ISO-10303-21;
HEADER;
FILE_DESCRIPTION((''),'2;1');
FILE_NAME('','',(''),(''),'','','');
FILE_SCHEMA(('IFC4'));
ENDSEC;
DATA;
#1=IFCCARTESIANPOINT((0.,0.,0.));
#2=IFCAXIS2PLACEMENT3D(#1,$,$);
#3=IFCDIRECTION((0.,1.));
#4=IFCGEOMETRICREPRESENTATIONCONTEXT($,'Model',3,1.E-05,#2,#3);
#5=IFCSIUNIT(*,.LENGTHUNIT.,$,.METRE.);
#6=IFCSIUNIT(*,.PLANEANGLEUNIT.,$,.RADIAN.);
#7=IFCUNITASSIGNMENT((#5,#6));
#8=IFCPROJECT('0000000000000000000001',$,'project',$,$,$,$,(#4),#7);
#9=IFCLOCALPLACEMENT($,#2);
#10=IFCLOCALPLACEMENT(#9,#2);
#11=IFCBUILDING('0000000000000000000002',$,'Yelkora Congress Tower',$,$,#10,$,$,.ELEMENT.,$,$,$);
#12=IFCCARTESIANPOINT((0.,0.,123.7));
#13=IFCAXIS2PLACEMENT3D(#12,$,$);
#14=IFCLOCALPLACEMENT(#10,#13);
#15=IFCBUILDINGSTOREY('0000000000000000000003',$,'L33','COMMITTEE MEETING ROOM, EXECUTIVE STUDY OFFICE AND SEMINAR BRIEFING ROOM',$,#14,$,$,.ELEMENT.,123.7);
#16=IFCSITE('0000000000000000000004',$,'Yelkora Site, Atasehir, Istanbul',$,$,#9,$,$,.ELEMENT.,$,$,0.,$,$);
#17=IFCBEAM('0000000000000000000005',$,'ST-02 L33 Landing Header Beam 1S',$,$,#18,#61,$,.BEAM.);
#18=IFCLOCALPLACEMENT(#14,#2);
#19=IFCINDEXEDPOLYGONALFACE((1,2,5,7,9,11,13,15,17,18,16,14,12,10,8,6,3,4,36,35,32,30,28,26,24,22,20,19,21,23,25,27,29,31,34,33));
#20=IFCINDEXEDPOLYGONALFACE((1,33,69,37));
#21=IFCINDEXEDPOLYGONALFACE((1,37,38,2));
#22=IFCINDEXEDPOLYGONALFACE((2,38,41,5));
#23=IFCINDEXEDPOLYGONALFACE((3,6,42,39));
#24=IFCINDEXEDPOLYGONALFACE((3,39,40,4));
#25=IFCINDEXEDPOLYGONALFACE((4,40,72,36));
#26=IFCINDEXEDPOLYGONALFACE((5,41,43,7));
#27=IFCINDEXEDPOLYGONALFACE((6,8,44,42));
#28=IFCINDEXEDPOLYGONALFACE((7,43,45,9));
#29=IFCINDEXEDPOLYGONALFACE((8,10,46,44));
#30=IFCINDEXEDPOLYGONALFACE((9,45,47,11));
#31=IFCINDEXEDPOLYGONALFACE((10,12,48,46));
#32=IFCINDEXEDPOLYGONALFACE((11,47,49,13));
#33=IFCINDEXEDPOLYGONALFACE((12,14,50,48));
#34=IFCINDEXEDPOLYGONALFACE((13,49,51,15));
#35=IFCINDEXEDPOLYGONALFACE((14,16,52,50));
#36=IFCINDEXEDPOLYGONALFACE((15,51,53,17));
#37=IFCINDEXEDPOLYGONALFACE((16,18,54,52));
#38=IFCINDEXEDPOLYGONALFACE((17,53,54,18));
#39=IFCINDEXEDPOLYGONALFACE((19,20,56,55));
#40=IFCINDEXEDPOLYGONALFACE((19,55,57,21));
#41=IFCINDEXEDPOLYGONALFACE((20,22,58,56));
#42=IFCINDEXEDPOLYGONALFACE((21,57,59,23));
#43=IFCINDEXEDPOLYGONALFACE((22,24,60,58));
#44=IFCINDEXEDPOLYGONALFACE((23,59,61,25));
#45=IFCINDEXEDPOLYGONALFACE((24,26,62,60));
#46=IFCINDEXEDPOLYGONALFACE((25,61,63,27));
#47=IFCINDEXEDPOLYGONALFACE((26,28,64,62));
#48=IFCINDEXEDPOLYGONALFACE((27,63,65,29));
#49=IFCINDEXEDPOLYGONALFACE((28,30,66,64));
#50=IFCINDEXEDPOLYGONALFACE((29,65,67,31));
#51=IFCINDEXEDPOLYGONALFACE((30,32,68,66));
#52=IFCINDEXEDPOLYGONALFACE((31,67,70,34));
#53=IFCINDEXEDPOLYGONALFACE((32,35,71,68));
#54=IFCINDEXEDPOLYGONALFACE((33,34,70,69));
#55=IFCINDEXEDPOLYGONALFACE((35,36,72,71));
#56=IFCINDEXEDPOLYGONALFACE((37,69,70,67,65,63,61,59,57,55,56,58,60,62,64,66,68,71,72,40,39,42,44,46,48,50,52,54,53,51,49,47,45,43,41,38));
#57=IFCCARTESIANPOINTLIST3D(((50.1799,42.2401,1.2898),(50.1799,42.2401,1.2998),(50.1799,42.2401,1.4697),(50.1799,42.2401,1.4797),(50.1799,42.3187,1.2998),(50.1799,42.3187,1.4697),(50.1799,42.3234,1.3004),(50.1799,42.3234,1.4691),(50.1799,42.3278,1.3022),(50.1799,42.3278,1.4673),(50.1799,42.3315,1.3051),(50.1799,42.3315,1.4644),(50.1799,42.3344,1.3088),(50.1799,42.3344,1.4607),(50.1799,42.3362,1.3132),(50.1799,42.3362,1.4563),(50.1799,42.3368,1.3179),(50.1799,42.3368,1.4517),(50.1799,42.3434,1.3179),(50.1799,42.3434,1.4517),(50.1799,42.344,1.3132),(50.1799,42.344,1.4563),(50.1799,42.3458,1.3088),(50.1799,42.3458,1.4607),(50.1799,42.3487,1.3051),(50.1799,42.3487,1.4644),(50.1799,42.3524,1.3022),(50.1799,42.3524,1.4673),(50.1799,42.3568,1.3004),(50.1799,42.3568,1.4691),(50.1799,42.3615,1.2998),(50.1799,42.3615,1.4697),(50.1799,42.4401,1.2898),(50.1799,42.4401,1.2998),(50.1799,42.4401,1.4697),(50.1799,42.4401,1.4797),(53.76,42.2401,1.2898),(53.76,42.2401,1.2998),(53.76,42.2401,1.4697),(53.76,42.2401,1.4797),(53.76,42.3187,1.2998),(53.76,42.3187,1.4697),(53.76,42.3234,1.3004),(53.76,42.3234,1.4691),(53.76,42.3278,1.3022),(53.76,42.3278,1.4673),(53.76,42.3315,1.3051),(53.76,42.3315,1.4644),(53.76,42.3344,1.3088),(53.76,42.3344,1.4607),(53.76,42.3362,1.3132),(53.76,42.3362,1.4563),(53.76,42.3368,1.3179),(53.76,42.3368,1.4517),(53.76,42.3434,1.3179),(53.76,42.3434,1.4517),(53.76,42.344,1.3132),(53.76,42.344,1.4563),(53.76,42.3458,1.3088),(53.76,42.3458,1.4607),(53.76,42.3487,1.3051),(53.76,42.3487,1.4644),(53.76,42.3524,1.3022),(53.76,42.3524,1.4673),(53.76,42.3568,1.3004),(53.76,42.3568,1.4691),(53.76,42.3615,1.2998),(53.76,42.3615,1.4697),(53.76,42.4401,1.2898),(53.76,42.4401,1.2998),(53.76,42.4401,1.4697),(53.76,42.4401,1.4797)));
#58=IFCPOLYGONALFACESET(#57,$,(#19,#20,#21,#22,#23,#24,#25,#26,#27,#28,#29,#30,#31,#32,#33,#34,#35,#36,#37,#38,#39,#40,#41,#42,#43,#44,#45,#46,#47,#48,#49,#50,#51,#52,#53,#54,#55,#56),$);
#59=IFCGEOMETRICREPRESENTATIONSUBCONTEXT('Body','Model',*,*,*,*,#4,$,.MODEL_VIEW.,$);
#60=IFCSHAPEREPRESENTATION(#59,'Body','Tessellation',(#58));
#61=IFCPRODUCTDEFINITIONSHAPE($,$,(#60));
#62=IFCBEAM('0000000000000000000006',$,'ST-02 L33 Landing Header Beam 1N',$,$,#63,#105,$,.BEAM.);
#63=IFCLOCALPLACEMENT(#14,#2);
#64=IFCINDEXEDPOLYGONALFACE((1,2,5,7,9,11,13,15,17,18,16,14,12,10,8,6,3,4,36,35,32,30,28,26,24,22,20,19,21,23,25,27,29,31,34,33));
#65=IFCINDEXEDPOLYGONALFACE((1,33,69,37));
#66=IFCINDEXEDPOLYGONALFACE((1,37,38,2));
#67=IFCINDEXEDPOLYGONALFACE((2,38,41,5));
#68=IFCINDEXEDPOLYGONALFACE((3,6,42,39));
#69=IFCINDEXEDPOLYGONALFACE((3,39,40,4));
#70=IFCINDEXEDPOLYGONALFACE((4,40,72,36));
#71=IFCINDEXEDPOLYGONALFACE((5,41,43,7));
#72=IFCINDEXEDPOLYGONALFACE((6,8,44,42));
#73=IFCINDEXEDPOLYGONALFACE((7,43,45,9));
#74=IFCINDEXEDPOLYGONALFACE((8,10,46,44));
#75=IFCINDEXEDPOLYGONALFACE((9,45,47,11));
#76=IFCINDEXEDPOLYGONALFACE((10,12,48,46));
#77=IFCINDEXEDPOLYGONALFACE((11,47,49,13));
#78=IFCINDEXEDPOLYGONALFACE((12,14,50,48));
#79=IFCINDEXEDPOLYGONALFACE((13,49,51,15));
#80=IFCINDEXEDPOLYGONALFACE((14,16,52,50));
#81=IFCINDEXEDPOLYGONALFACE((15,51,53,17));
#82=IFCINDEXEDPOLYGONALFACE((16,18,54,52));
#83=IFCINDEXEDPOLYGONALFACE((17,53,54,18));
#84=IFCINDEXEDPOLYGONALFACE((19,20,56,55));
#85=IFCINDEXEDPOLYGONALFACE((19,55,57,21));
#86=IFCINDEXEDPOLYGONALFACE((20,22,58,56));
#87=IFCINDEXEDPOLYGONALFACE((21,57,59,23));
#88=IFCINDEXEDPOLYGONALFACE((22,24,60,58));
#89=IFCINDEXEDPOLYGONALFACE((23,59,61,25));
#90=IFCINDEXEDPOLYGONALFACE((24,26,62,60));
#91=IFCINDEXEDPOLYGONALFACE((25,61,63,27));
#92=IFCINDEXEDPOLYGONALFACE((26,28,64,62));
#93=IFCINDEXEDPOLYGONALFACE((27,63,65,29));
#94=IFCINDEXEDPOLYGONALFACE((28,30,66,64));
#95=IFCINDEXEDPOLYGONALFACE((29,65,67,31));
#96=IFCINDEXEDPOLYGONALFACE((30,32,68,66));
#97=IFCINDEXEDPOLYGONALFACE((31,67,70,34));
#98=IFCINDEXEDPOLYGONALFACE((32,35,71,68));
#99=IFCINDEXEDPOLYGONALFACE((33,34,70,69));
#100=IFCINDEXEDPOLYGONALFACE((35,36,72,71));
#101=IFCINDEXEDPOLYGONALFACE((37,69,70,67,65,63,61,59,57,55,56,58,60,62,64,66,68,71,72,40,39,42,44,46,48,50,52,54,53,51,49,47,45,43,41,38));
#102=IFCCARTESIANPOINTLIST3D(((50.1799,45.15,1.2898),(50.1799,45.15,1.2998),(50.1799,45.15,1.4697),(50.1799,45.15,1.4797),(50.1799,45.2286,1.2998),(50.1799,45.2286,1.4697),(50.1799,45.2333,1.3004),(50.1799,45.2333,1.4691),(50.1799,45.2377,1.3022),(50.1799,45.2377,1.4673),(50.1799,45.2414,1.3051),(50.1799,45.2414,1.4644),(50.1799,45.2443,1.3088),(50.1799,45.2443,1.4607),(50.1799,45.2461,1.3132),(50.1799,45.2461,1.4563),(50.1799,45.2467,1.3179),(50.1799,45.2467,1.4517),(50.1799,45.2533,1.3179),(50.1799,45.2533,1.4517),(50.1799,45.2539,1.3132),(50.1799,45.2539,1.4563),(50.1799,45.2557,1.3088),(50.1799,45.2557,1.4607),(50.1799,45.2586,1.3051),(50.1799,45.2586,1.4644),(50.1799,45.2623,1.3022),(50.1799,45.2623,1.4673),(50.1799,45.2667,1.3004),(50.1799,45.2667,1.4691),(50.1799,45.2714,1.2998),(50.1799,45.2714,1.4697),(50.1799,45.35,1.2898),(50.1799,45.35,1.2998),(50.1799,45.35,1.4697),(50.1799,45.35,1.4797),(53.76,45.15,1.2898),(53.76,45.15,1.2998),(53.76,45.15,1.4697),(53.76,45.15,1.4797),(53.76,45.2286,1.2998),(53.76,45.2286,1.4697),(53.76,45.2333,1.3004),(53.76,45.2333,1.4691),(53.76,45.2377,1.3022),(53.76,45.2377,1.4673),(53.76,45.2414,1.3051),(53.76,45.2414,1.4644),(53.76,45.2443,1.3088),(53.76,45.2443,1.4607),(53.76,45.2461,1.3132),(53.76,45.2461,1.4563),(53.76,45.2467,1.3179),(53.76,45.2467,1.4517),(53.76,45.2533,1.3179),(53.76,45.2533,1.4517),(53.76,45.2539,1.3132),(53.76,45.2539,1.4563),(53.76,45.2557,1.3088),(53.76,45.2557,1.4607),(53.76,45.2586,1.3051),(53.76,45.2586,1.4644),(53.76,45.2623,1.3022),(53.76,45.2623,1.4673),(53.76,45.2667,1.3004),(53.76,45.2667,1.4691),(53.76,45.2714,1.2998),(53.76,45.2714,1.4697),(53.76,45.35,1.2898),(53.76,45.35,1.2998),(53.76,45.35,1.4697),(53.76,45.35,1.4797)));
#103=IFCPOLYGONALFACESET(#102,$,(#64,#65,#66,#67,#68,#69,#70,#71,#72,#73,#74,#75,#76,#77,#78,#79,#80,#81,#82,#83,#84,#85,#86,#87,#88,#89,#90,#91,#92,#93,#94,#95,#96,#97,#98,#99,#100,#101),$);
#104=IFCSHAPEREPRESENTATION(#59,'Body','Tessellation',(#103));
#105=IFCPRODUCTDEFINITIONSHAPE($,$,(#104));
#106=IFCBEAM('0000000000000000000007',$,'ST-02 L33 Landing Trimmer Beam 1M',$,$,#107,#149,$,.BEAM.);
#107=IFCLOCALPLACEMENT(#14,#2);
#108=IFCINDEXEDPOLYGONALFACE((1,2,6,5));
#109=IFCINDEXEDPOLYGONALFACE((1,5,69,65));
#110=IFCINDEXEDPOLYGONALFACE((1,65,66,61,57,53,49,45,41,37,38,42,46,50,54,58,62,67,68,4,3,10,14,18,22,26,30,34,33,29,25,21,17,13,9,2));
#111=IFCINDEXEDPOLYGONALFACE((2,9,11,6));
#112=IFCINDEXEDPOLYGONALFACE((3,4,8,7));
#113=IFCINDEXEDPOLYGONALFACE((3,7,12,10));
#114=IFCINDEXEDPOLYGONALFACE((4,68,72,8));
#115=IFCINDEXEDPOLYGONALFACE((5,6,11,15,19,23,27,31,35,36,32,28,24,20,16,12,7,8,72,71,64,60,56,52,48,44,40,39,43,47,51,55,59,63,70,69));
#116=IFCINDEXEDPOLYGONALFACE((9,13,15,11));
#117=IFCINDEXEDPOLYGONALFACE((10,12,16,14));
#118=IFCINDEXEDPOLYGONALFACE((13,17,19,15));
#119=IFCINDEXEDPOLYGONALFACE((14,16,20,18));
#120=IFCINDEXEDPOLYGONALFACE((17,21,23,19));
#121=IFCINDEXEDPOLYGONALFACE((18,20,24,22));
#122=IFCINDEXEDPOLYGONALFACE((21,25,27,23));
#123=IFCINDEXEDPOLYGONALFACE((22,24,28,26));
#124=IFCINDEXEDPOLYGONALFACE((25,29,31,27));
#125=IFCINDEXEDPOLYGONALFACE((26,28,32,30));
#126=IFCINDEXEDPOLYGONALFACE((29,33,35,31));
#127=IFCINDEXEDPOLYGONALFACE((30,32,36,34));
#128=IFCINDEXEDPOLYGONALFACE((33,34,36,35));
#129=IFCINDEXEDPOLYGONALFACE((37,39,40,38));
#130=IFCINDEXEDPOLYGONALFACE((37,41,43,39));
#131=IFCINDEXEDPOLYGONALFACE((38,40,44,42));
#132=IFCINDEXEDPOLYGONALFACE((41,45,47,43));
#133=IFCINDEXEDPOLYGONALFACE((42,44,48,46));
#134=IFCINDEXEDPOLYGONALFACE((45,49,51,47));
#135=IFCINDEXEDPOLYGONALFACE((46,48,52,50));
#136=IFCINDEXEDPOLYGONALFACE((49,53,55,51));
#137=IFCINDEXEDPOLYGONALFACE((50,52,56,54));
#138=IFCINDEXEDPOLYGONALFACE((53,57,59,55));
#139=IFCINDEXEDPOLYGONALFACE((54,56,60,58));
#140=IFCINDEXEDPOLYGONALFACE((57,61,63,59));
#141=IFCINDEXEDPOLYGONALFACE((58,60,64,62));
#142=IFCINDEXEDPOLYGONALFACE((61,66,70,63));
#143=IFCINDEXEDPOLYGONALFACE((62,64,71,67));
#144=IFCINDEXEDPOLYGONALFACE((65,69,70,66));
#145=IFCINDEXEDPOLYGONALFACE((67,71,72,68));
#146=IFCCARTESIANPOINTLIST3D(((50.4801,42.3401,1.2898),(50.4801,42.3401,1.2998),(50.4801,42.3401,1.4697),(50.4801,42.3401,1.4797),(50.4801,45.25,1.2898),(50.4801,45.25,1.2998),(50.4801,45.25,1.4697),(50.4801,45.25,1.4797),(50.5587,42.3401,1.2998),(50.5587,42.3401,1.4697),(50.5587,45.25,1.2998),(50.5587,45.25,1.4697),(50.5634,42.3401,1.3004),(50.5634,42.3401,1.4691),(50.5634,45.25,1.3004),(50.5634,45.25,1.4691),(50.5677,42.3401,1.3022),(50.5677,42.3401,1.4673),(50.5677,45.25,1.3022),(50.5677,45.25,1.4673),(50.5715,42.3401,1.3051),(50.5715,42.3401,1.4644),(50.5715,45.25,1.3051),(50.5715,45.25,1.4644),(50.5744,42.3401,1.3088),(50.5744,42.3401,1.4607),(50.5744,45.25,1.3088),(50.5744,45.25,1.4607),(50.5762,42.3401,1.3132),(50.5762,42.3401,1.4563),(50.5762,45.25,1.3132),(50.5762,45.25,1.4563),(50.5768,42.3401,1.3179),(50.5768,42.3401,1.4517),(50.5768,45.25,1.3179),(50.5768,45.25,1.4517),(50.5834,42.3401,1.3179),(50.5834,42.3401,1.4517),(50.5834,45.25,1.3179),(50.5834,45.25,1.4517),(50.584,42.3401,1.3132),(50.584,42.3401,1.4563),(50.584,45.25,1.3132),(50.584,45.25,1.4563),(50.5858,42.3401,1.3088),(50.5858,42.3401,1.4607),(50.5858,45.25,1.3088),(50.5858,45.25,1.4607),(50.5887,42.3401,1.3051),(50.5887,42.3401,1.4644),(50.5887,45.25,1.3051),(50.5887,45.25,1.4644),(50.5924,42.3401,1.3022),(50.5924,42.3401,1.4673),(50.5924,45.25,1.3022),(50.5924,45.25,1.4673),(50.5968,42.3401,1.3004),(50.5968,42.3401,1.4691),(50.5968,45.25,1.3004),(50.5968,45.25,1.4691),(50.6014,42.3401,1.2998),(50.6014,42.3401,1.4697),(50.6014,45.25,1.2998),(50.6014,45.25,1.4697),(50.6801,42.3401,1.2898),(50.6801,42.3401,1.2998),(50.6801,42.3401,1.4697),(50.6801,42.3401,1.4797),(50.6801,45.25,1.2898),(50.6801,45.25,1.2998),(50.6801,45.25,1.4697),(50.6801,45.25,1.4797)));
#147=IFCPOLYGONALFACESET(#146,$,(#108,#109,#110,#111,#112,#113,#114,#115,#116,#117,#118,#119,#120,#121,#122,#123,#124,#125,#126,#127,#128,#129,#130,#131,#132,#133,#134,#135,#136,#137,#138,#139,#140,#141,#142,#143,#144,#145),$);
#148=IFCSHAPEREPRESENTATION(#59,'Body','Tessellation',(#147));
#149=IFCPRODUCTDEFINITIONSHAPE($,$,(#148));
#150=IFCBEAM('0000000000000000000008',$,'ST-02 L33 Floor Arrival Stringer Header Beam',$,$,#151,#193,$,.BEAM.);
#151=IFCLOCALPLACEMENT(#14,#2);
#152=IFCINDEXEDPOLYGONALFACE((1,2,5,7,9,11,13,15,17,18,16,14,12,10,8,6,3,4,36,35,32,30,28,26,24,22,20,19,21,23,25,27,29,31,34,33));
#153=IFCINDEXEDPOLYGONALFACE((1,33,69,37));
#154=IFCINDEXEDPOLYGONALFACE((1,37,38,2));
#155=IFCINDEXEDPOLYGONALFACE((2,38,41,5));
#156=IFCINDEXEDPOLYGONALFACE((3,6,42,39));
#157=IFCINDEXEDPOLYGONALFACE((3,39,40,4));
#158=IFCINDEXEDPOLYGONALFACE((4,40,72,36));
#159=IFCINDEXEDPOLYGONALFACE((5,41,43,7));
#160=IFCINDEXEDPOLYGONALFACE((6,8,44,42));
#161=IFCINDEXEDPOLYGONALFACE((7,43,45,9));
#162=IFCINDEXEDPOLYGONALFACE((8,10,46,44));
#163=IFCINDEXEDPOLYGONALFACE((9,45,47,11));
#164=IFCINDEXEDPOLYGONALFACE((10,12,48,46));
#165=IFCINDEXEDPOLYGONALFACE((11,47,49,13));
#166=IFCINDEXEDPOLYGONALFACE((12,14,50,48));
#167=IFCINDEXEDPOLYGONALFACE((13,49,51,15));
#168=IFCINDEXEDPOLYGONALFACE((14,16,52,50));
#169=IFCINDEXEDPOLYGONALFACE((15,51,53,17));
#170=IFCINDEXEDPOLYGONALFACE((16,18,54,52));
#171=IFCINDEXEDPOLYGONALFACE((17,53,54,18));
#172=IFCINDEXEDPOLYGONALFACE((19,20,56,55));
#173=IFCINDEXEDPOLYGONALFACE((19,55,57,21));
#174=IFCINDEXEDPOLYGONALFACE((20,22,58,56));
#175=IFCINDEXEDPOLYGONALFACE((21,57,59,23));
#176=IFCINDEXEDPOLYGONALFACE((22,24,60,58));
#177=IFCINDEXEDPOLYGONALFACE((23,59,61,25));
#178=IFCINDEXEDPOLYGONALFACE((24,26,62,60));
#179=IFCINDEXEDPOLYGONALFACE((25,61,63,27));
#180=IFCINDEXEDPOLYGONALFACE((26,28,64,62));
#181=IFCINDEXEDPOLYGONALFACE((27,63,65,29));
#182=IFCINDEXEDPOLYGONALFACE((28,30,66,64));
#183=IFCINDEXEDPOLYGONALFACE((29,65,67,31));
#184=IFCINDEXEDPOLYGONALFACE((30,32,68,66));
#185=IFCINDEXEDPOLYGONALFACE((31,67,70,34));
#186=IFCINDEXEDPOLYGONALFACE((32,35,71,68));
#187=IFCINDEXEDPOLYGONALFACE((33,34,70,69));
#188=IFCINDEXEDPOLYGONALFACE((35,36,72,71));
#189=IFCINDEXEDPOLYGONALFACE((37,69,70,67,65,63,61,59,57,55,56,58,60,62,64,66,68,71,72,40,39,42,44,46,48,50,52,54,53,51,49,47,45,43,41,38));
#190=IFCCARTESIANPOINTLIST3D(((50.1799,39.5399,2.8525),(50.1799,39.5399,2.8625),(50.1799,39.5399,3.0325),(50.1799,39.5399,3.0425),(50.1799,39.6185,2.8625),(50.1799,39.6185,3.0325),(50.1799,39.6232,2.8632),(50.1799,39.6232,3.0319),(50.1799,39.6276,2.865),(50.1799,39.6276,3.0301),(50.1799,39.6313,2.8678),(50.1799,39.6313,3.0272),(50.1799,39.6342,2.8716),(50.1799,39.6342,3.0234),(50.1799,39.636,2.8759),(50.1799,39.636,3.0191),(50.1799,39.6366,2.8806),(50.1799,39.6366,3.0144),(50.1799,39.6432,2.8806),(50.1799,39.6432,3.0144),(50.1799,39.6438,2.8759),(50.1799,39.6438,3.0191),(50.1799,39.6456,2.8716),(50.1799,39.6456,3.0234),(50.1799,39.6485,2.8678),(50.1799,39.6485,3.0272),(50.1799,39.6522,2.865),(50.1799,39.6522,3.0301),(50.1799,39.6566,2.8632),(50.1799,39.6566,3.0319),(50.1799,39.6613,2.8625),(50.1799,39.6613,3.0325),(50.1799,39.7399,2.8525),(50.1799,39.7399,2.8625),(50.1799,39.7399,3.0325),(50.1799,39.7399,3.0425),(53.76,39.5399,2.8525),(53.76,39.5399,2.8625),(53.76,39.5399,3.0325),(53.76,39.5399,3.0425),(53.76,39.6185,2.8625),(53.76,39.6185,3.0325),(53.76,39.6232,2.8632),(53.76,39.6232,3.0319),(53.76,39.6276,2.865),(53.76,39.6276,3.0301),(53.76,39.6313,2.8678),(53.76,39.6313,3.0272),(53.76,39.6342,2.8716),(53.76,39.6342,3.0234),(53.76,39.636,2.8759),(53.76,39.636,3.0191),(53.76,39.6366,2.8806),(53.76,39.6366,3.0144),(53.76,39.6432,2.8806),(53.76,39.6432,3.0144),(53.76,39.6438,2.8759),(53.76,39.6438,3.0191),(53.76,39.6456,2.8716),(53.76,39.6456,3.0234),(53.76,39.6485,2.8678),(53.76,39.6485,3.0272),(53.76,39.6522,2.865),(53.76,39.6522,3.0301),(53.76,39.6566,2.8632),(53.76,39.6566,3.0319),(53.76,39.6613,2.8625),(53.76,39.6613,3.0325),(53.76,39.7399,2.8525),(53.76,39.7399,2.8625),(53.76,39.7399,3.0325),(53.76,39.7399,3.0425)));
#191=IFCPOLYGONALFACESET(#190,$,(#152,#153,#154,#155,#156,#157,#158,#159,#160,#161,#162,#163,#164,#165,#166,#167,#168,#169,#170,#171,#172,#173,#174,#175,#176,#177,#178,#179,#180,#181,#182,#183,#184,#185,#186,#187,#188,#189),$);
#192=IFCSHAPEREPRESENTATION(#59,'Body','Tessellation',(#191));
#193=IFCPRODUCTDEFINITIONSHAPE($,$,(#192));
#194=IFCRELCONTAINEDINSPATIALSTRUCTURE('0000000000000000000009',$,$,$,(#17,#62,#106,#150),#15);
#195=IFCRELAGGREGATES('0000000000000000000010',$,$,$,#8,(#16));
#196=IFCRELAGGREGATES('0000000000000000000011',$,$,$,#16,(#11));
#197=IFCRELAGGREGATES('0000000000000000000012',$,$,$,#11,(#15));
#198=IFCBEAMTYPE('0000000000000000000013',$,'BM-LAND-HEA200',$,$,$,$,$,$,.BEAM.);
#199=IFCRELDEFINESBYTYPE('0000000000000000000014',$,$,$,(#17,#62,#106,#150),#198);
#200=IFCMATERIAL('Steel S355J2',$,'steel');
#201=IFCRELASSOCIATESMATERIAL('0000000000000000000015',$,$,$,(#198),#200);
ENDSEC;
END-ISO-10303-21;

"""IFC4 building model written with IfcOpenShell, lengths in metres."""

from ifc_helpers import new_model, si_unit, direction, frame, origin, origin_2d, place, context, subcontext, project, spatial, i_section, extrude, material, material_profile, profile_set, type_object, element, save


model = new_model("IFC4")

# Units and contexts
model_context = context("Model", 3, precision=1e-05, world=origin(), true_north=direction((0.0, 1.0)))
body_context = subcontext(model_context, "Body", "Model", "MODEL_VIEW")
ifc_project = project(units=[si_unit("LENGTHUNIT", "METRE"), si_unit("PLANEANGLEUNIT", "RADIAN")], contexts=[model_context])

# Site, building, storey
site_placement = place(None, origin())
site = spatial("IfcSite", under=ifc_project, at=site_placement, Name="Yelkora Site, Atasehir, Istanbul", CompositionType="ELEMENT", RefElevation=0.0)
building_placement = place(site_placement, origin())
building = spatial("IfcBuilding", under=site, at=building_placement, Name="Yelkora Congress Tower", CompositionType="ELEMENT")
storey_placement = place(building_placement, frame((0.0, 0.0, 123.7)))
storey = spatial("IfcBuildingStorey", under=building, at=storey_placement, Name="L33", Description="COMMITTEE MEETING ROOM, EXECUTIVE STUDY OFFICE AND SEMINAR BRIEFING ROOM", CompositionType="ELEMENT", Elevation=123.7)

# Beams
ifc_material_1 = material(Name="Steel S355J2", Category="steel")
ifc_material_profile_1 = material_profile(ifc_material_1, i_section(OverallWidth=0.2, OverallDepth=0.1899, WebThickness=0.0066, FlangeThickness=0.01, FilletRadius=0.0181, at=origin_2d()), Name="HEA 200")
ifc_profile_set_1 = profile_set([ifc_material_profile_1], Name="Steel S355J2")
beam_type_1 = type_object("IfcBeamType", Name="BM-LAND-HEA200", PredefinedType="BEAM", material=ifc_profile_set_1)
for number, where, z_axis, x_axis, name in (
    (1, (50.1799, 42.3401, 1.3848), (1.0, 0.0, 0.0), (0.0, 1.0, 0.0), "ST-02 L33 Landing Header Beam 1S"),
    (2, (50.1799, 45.25, 1.3848), (1.0, 0.0, 0.0), (0.0, 1.0, 0.0), "ST-02 L33 Landing Header Beam 1N"),
):
    element("IfcBeam", number, at=place(storey_placement, frame(where, z_axis=z_axis, x_axis=x_axis)), inside=storey, type_object=beam_type_1, Name=name, PredefinedType="BEAM", context=body_context, shape_type="SweptSolid", body=[
        extrude(i_section(OverallWidth=0.2, OverallDepth=0.1899, WebThickness=0.0066, FlangeThickness=0.01, FilletRadius=0.0181, at=origin_2d()), origin(), (0.0, 0.0, 1.0), 3.5801),
    ])
beam_1_placement = place(storey_placement, frame((50.5801, 42.3401, 1.3848), z_axis=(0.0, 1.0, 0.0), x_axis=(-1.0, 0.0, 0.0)))
element("IfcBeam", 3, at=beam_1_placement, inside=storey, type_object=beam_type_1, Name="ST-02 L33 Landing Trimmer Beam 1M", PredefinedType="BEAM", context=body_context, shape_type="SweptSolid", body=[
    extrude(i_section(OverallWidth=0.2, OverallDepth=0.1899, WebThickness=0.0066, FlangeThickness=0.01, FilletRadius=0.0181, at=origin_2d()), origin(), (0.0, 0.0, 1.0), 2.9099),
])
beam_2_placement = place(storey_placement, frame((50.1799, 39.6399, 2.9475), z_axis=(1.0, 0.0, 0.0), x_axis=(0.0, 1.0, 0.0)))
element("IfcBeam", 4, at=beam_2_placement, inside=storey, type_object=beam_type_1, Name="ST-02 L33 Floor Arrival Stringer Header Beam", PredefinedType="BEAM", context=body_context, shape_type="SweptSolid", body=[
    extrude(i_section(OverallWidth=0.2, OverallDepth=0.1899, WebThickness=0.0066, FlangeThickness=0.01, FilletRadius=0.0181, at=origin_2d()), origin(), (0.0, 0.0, 1.0), 3.5801),
])

save(model, "model.ifc")
